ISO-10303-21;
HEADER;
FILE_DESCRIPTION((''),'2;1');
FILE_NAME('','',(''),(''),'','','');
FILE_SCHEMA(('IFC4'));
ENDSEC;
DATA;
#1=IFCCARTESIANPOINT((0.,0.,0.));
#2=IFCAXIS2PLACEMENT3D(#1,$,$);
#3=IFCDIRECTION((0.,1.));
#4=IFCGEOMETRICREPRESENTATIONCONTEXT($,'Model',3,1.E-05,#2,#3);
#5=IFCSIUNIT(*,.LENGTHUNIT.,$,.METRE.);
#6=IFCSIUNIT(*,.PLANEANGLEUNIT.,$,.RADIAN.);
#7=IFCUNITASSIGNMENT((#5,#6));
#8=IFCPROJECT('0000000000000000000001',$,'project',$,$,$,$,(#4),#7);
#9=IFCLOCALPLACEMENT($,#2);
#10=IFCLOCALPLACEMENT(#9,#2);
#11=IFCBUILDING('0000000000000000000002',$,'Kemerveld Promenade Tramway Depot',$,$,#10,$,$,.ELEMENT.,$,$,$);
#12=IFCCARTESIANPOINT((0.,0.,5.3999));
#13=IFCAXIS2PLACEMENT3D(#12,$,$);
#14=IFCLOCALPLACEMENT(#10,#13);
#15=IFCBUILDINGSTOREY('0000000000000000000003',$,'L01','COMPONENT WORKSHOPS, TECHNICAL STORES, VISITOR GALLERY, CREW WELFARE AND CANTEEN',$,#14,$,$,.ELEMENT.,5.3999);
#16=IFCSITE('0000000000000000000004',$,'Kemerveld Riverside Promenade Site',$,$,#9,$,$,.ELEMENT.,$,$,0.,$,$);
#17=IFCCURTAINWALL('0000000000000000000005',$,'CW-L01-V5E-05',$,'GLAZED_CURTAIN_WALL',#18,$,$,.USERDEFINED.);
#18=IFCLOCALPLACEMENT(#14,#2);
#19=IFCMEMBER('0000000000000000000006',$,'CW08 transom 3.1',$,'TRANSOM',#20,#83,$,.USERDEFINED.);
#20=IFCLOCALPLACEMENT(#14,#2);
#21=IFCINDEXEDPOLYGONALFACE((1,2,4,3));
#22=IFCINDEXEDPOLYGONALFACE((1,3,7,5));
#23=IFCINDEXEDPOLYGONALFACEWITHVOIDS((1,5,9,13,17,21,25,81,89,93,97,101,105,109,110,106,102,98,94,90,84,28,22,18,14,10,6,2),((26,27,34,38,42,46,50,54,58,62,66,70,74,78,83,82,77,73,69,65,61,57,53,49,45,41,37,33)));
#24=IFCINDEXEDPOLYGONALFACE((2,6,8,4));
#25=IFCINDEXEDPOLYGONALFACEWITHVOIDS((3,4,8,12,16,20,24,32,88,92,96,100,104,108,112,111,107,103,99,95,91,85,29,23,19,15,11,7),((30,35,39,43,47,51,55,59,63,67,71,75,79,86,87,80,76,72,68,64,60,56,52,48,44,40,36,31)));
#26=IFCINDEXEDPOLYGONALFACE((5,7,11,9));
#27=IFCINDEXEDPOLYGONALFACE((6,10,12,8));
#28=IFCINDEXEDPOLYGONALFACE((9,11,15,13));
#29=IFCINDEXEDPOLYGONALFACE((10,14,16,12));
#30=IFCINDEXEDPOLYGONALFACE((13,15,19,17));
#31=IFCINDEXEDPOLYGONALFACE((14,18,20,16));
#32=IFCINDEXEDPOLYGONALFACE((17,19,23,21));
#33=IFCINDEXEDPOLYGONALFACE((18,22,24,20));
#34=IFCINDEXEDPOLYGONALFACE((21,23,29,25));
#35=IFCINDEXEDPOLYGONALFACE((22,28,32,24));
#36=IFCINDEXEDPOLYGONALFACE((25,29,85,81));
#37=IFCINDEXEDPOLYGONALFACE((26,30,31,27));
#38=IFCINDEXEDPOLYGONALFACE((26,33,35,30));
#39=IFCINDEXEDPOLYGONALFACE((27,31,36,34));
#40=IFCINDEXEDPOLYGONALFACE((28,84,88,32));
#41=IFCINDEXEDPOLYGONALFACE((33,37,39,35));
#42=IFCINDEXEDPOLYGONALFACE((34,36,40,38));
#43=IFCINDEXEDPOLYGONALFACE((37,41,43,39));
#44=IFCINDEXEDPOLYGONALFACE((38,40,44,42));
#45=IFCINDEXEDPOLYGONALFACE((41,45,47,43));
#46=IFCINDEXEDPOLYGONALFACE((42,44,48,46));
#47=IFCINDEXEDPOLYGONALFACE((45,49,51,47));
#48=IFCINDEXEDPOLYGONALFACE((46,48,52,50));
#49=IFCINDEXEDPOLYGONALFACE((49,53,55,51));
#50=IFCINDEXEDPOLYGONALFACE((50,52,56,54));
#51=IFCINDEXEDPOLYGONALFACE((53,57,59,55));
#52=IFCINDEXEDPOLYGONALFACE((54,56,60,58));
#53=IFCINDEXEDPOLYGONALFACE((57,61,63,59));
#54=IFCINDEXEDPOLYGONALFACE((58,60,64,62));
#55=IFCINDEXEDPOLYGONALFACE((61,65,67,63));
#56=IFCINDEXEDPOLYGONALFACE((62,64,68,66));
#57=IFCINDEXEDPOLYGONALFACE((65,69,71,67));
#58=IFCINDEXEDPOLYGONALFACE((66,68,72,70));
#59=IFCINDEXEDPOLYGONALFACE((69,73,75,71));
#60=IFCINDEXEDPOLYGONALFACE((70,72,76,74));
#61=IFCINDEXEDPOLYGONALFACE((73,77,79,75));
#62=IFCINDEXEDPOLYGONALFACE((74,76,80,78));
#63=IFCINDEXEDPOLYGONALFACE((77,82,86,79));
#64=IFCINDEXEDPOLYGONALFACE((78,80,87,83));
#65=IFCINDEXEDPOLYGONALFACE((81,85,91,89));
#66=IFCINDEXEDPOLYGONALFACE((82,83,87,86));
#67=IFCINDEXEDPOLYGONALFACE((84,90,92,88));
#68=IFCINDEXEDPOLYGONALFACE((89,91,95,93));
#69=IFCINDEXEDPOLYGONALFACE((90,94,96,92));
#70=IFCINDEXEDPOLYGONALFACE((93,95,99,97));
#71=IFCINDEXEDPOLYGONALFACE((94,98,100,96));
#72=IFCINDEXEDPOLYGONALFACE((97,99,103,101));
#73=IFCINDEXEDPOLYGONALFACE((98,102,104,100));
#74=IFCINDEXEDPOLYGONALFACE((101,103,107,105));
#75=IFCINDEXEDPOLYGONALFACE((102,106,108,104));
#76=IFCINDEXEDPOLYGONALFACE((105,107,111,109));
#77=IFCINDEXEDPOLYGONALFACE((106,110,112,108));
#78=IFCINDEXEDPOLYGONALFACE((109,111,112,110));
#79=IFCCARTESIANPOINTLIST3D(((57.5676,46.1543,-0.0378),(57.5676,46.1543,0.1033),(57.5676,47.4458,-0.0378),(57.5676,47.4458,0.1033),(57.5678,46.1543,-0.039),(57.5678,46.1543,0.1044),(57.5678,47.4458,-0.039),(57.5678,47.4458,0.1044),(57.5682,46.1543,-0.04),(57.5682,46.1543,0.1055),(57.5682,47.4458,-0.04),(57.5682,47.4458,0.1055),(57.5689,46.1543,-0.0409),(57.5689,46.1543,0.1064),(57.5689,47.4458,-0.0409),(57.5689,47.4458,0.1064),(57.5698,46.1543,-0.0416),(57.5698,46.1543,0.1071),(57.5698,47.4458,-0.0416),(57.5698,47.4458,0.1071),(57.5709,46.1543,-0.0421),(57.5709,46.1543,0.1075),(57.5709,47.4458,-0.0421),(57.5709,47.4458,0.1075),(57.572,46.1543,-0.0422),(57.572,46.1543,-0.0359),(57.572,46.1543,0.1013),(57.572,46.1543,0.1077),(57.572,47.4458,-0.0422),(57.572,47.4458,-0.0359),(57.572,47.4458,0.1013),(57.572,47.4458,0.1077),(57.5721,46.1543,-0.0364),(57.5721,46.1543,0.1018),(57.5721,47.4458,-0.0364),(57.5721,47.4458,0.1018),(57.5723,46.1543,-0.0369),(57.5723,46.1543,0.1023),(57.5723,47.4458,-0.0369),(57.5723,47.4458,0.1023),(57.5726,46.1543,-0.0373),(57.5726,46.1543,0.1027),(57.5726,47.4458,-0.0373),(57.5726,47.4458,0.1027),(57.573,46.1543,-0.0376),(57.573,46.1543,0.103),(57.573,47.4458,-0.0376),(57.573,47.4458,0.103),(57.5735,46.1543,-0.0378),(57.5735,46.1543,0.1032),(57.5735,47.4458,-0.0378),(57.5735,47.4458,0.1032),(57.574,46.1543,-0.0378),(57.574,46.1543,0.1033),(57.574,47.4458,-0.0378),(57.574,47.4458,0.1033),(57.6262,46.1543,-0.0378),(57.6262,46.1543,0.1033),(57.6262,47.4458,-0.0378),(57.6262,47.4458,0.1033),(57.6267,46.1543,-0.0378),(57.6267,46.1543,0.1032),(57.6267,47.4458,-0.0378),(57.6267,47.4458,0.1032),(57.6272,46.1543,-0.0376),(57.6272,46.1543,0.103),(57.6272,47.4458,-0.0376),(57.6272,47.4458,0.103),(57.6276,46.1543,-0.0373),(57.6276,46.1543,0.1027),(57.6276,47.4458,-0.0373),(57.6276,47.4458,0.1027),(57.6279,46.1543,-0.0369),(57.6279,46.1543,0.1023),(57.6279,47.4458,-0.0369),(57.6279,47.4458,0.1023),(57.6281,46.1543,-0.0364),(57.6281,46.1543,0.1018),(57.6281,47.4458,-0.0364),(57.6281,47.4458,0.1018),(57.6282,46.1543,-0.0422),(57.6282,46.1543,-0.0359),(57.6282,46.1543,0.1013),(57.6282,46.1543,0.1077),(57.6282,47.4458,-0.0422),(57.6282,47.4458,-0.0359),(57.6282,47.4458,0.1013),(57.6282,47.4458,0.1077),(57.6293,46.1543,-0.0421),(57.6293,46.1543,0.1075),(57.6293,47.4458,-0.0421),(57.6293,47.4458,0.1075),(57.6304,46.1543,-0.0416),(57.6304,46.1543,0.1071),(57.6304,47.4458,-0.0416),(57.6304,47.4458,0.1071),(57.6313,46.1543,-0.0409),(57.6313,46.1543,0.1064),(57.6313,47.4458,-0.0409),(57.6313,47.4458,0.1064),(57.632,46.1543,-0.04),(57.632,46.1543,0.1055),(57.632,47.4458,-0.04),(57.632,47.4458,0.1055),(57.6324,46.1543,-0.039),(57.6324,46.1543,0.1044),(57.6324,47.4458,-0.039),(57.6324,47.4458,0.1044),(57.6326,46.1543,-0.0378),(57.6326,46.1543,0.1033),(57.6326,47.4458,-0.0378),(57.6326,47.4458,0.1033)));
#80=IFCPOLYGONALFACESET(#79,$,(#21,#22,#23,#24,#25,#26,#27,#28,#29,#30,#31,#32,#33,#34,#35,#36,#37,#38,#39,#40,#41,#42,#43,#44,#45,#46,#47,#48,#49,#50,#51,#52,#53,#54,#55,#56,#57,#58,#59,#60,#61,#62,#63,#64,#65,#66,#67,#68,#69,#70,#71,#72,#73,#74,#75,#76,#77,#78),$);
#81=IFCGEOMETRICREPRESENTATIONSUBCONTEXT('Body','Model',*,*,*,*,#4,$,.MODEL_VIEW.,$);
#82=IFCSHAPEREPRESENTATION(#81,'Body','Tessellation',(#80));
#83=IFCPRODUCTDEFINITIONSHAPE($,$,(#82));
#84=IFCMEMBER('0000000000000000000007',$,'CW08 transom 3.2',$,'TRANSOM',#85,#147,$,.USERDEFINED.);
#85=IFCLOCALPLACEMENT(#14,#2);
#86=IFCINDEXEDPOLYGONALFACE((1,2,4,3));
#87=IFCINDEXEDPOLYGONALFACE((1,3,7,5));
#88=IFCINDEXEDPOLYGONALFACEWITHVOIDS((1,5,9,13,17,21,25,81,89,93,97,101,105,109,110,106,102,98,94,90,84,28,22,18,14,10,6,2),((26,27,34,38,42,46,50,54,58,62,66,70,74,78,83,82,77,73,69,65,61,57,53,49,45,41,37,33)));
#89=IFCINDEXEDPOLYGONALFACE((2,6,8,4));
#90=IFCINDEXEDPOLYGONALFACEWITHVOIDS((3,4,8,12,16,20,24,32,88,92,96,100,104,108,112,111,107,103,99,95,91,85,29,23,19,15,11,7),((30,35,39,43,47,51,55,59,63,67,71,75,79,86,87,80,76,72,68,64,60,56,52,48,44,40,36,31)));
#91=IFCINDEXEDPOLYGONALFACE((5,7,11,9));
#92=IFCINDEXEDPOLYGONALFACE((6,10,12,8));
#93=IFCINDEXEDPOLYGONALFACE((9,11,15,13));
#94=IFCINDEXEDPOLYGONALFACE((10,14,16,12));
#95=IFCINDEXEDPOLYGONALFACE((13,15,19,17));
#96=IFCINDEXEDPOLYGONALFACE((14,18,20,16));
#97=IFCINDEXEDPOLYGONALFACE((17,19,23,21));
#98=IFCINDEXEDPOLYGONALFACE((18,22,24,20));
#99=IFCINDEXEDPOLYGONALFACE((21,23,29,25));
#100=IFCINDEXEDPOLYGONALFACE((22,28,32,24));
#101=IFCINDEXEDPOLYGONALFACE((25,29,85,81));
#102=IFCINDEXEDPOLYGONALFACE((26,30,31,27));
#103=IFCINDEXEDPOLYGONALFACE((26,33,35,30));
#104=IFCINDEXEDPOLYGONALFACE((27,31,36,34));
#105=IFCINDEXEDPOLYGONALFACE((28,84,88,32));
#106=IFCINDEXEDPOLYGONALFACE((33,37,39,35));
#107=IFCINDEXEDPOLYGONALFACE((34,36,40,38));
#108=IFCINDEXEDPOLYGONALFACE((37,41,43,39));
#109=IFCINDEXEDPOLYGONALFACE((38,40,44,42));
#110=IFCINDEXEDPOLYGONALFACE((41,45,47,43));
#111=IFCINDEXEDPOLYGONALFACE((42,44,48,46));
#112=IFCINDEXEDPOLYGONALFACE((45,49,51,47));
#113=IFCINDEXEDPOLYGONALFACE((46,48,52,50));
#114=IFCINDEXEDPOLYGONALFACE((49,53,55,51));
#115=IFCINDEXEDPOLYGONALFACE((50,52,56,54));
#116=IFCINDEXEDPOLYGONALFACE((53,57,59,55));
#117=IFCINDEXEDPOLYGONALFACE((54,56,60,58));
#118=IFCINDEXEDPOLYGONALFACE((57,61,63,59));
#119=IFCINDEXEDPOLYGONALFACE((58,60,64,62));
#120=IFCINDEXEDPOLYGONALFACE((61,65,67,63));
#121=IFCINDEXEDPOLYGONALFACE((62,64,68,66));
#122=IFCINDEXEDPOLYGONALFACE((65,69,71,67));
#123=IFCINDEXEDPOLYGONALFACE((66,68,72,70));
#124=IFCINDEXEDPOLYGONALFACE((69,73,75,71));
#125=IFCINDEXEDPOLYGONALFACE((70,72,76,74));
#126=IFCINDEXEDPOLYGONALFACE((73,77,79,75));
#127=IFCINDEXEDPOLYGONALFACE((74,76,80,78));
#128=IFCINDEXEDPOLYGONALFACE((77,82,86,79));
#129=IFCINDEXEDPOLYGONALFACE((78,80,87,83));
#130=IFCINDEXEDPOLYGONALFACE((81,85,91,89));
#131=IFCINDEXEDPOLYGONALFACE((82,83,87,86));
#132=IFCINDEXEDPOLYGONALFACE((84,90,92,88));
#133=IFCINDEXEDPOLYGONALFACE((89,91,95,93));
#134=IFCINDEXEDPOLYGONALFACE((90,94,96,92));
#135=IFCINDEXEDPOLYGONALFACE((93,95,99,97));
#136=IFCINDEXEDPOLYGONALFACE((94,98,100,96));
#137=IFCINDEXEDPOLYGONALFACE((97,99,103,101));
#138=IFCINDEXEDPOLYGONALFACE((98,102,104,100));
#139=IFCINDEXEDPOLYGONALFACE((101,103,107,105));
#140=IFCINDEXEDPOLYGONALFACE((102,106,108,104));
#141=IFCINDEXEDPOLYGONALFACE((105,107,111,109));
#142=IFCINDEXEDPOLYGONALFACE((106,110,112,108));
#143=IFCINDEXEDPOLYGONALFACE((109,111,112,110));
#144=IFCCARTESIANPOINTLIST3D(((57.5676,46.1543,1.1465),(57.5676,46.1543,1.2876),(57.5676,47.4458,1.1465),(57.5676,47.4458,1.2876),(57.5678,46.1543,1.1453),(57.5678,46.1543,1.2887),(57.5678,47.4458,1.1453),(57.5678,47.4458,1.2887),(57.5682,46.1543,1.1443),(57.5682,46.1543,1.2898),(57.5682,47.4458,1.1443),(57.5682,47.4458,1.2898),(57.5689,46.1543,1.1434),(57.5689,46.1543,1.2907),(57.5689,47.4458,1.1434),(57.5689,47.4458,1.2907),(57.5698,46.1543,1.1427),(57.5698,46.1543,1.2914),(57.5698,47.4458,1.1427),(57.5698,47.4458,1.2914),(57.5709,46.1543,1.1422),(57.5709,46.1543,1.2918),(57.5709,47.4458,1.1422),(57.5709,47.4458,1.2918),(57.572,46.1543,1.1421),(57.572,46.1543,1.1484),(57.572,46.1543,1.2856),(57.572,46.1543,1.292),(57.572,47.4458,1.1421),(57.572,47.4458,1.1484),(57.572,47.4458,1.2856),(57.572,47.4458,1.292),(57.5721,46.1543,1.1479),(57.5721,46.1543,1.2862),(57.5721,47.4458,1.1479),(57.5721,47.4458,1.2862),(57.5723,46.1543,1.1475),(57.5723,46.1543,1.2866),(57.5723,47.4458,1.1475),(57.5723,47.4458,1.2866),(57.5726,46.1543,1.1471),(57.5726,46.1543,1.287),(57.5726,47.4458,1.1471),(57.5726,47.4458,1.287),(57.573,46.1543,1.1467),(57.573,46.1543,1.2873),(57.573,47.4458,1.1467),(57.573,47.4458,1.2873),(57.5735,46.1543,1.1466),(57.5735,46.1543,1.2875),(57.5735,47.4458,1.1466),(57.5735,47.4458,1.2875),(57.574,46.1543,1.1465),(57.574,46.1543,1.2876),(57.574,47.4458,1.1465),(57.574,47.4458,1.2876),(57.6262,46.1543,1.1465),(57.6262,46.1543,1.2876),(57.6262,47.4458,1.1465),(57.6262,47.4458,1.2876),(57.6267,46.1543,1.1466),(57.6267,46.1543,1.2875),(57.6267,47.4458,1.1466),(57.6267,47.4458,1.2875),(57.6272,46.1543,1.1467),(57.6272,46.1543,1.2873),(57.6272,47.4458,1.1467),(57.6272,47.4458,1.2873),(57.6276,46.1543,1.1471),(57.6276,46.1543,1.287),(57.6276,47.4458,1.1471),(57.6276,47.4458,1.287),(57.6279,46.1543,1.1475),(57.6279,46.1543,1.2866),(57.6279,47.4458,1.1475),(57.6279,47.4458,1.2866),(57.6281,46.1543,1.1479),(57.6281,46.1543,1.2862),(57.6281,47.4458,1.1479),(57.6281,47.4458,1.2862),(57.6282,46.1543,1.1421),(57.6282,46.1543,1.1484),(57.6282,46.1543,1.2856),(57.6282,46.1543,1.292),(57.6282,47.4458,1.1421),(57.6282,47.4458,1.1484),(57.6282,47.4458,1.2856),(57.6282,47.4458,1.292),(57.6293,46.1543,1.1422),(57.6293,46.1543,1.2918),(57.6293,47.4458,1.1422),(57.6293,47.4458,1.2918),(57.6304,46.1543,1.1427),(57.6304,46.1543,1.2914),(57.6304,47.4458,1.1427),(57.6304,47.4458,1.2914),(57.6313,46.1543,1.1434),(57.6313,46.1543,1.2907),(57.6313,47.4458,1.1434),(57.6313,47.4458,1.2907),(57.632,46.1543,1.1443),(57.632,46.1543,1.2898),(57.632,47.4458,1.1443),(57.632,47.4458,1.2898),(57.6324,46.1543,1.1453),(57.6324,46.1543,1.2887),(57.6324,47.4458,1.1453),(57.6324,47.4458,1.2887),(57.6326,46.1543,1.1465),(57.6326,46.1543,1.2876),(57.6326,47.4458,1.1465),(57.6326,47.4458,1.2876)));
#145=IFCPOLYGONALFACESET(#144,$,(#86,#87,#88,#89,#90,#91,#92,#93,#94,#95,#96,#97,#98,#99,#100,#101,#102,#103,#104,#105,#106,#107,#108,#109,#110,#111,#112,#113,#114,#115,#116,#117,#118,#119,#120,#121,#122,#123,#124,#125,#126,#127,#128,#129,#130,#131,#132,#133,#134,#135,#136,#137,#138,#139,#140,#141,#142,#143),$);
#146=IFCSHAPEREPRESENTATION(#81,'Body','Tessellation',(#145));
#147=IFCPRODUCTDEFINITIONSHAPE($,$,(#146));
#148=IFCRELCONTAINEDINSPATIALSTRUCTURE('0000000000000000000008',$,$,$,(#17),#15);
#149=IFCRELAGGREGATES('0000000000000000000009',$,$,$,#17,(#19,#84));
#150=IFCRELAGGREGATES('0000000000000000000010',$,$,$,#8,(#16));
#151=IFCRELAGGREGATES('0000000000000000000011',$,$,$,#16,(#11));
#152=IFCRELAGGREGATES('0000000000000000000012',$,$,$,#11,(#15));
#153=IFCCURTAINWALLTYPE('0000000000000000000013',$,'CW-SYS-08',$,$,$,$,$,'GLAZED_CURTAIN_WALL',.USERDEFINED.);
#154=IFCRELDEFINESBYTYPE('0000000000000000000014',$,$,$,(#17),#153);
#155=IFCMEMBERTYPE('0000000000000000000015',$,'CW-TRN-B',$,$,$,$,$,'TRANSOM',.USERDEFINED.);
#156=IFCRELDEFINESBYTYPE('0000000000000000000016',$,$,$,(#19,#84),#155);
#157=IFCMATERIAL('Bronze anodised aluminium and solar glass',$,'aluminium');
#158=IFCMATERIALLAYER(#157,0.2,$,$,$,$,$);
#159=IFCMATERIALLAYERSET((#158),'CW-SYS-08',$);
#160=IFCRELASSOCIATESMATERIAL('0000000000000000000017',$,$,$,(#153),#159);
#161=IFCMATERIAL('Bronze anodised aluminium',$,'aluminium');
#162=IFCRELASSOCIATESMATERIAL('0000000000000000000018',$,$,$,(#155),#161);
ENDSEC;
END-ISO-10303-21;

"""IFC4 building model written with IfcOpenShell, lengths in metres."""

from ifc_helpers import new_model, si_unit, direction, frame, origin, origin_2d, place, context, subcontext, project, spatial, hollow_rectangle, extrude, material, layer, layer_set, material_profile, profile_set, type_object, element, aggregate, save


model = new_model("IFC4")

# Units and contexts
model_context = context("Model", 3, precision=1e-05, world=origin(), true_north=direction((0.0, 1.0)))
body_context = subcontext(model_context, "Body", "Model", "MODEL_VIEW")
ifc_project = project(units=[si_unit("LENGTHUNIT", "METRE"), si_unit("PLANEANGLEUNIT", "RADIAN")], contexts=[model_context])

# Site, building, storey
site_placement = place(None, origin())
site = spatial("IfcSite", under=ifc_project, at=site_placement, Name="Kemerveld Riverside Promenade Site", CompositionType="ELEMENT", RefElevation=0.0)
building_placement = place(site_placement, origin())
building = spatial("IfcBuilding", under=site, at=building_placement, Name="Kemerveld Promenade Tramway Depot", CompositionType="ELEMENT")
storey_placement = place(building_placement, frame((0.0, 0.0, 5.3999)))
storey = spatial("IfcBuildingStorey", under=building, at=storey_placement, Name="L01", Description="COMPONENT WORKSHOPS, TECHNICAL STORES, VISITOR GALLERY, CREW WELFARE AND CANTEEN", CompositionType="ELEMENT", Elevation=5.3999)

# Curtain wall, members
ifc_material_1 = material(Name="Bronze anodised aluminium and solar glass", Category="aluminium")
ifc_layer_1 = layer(ifc_material_1, 0.2)
ifc_layer_set_1 = layer_set([ifc_layer_1], Name="CW-SYS-08")
curtain_wall_type = type_object("IfcCurtainWallType", Name="CW-SYS-08", ElementType="GLAZED_CURTAIN_WALL", PredefinedType="USERDEFINED", material=ifc_layer_set_1)
curtain_wall_placement = place(storey_placement, origin())
curtain_wall = element("IfcCurtainWall", 1, at=curtain_wall_placement, inside=storey, type_object=curtain_wall_type, Name="CW-L01-V5E-05", ObjectType="GLAZED_CURTAIN_WALL", PredefinedType="USERDEFINED")
ifc_material_2 = material(Name="Bronze anodised aluminium", Category="aluminium")
ifc_material_profile_1 = material_profile(ifc_material_2, hollow_rectangle(XDim=0.0649, YDim=0.1499, WallThickness=0.0044, InnerFilletRadius=0.002, OuterFilletRadius=0.0044, at=origin_2d()), Name="CW-TRN-150x65")
ifc_profile_set_1 = profile_set([ifc_material_profile_1], Name="Bronze anodised aluminium")
member_type_1 = type_object("IfcMemberType", Name="CW-TRN-B", ElementType="TRANSOM", PredefinedType="USERDEFINED", material=ifc_profile_set_1)
member_1_placement = place(storey_placement, frame((57.6001, 47.4458, 0.0327), z_axis=(0.0, -1.0, 0.0), x_axis=(1.0, 0.0, 0.0)))
member_1 = element("IfcMember", 2, at=member_1_placement, type_object=member_type_1, Name="CW08 transom 3.1", ObjectType="TRANSOM", PredefinedType="USERDEFINED", context=body_context, shape_type="SweptSolid", body=[
    extrude(hollow_rectangle(XDim=0.0649, YDim=0.1499, WallThickness=0.0044, InnerFilletRadius=0.002, OuterFilletRadius=0.0044, at=origin_2d()), origin(), (0.0, 0.0, 1.0), 1.2915),
])
member_2_placement = place(storey_placement, frame((57.6001, 47.4458, 1.217), z_axis=(0.0, -1.0, 0.0), x_axis=(1.0, 0.0, 0.0)))
member_2 = element("IfcMember", 3, at=member_2_placement, type_object=member_type_1, Name="CW08 transom 3.2", ObjectType="TRANSOM", PredefinedType="USERDEFINED", context=body_context, shape_type="SweptSolid", body=[
    extrude(hollow_rectangle(XDim=0.0649, YDim=0.1499, WallThickness=0.0044, InnerFilletRadius=0.002, OuterFilletRadius=0.0044, at=origin_2d()), origin(), (0.0, 0.0, 1.0), 1.2915),
])
aggregate(curtain_wall, [member_1, member_2])

save(model, "model.ifc")
